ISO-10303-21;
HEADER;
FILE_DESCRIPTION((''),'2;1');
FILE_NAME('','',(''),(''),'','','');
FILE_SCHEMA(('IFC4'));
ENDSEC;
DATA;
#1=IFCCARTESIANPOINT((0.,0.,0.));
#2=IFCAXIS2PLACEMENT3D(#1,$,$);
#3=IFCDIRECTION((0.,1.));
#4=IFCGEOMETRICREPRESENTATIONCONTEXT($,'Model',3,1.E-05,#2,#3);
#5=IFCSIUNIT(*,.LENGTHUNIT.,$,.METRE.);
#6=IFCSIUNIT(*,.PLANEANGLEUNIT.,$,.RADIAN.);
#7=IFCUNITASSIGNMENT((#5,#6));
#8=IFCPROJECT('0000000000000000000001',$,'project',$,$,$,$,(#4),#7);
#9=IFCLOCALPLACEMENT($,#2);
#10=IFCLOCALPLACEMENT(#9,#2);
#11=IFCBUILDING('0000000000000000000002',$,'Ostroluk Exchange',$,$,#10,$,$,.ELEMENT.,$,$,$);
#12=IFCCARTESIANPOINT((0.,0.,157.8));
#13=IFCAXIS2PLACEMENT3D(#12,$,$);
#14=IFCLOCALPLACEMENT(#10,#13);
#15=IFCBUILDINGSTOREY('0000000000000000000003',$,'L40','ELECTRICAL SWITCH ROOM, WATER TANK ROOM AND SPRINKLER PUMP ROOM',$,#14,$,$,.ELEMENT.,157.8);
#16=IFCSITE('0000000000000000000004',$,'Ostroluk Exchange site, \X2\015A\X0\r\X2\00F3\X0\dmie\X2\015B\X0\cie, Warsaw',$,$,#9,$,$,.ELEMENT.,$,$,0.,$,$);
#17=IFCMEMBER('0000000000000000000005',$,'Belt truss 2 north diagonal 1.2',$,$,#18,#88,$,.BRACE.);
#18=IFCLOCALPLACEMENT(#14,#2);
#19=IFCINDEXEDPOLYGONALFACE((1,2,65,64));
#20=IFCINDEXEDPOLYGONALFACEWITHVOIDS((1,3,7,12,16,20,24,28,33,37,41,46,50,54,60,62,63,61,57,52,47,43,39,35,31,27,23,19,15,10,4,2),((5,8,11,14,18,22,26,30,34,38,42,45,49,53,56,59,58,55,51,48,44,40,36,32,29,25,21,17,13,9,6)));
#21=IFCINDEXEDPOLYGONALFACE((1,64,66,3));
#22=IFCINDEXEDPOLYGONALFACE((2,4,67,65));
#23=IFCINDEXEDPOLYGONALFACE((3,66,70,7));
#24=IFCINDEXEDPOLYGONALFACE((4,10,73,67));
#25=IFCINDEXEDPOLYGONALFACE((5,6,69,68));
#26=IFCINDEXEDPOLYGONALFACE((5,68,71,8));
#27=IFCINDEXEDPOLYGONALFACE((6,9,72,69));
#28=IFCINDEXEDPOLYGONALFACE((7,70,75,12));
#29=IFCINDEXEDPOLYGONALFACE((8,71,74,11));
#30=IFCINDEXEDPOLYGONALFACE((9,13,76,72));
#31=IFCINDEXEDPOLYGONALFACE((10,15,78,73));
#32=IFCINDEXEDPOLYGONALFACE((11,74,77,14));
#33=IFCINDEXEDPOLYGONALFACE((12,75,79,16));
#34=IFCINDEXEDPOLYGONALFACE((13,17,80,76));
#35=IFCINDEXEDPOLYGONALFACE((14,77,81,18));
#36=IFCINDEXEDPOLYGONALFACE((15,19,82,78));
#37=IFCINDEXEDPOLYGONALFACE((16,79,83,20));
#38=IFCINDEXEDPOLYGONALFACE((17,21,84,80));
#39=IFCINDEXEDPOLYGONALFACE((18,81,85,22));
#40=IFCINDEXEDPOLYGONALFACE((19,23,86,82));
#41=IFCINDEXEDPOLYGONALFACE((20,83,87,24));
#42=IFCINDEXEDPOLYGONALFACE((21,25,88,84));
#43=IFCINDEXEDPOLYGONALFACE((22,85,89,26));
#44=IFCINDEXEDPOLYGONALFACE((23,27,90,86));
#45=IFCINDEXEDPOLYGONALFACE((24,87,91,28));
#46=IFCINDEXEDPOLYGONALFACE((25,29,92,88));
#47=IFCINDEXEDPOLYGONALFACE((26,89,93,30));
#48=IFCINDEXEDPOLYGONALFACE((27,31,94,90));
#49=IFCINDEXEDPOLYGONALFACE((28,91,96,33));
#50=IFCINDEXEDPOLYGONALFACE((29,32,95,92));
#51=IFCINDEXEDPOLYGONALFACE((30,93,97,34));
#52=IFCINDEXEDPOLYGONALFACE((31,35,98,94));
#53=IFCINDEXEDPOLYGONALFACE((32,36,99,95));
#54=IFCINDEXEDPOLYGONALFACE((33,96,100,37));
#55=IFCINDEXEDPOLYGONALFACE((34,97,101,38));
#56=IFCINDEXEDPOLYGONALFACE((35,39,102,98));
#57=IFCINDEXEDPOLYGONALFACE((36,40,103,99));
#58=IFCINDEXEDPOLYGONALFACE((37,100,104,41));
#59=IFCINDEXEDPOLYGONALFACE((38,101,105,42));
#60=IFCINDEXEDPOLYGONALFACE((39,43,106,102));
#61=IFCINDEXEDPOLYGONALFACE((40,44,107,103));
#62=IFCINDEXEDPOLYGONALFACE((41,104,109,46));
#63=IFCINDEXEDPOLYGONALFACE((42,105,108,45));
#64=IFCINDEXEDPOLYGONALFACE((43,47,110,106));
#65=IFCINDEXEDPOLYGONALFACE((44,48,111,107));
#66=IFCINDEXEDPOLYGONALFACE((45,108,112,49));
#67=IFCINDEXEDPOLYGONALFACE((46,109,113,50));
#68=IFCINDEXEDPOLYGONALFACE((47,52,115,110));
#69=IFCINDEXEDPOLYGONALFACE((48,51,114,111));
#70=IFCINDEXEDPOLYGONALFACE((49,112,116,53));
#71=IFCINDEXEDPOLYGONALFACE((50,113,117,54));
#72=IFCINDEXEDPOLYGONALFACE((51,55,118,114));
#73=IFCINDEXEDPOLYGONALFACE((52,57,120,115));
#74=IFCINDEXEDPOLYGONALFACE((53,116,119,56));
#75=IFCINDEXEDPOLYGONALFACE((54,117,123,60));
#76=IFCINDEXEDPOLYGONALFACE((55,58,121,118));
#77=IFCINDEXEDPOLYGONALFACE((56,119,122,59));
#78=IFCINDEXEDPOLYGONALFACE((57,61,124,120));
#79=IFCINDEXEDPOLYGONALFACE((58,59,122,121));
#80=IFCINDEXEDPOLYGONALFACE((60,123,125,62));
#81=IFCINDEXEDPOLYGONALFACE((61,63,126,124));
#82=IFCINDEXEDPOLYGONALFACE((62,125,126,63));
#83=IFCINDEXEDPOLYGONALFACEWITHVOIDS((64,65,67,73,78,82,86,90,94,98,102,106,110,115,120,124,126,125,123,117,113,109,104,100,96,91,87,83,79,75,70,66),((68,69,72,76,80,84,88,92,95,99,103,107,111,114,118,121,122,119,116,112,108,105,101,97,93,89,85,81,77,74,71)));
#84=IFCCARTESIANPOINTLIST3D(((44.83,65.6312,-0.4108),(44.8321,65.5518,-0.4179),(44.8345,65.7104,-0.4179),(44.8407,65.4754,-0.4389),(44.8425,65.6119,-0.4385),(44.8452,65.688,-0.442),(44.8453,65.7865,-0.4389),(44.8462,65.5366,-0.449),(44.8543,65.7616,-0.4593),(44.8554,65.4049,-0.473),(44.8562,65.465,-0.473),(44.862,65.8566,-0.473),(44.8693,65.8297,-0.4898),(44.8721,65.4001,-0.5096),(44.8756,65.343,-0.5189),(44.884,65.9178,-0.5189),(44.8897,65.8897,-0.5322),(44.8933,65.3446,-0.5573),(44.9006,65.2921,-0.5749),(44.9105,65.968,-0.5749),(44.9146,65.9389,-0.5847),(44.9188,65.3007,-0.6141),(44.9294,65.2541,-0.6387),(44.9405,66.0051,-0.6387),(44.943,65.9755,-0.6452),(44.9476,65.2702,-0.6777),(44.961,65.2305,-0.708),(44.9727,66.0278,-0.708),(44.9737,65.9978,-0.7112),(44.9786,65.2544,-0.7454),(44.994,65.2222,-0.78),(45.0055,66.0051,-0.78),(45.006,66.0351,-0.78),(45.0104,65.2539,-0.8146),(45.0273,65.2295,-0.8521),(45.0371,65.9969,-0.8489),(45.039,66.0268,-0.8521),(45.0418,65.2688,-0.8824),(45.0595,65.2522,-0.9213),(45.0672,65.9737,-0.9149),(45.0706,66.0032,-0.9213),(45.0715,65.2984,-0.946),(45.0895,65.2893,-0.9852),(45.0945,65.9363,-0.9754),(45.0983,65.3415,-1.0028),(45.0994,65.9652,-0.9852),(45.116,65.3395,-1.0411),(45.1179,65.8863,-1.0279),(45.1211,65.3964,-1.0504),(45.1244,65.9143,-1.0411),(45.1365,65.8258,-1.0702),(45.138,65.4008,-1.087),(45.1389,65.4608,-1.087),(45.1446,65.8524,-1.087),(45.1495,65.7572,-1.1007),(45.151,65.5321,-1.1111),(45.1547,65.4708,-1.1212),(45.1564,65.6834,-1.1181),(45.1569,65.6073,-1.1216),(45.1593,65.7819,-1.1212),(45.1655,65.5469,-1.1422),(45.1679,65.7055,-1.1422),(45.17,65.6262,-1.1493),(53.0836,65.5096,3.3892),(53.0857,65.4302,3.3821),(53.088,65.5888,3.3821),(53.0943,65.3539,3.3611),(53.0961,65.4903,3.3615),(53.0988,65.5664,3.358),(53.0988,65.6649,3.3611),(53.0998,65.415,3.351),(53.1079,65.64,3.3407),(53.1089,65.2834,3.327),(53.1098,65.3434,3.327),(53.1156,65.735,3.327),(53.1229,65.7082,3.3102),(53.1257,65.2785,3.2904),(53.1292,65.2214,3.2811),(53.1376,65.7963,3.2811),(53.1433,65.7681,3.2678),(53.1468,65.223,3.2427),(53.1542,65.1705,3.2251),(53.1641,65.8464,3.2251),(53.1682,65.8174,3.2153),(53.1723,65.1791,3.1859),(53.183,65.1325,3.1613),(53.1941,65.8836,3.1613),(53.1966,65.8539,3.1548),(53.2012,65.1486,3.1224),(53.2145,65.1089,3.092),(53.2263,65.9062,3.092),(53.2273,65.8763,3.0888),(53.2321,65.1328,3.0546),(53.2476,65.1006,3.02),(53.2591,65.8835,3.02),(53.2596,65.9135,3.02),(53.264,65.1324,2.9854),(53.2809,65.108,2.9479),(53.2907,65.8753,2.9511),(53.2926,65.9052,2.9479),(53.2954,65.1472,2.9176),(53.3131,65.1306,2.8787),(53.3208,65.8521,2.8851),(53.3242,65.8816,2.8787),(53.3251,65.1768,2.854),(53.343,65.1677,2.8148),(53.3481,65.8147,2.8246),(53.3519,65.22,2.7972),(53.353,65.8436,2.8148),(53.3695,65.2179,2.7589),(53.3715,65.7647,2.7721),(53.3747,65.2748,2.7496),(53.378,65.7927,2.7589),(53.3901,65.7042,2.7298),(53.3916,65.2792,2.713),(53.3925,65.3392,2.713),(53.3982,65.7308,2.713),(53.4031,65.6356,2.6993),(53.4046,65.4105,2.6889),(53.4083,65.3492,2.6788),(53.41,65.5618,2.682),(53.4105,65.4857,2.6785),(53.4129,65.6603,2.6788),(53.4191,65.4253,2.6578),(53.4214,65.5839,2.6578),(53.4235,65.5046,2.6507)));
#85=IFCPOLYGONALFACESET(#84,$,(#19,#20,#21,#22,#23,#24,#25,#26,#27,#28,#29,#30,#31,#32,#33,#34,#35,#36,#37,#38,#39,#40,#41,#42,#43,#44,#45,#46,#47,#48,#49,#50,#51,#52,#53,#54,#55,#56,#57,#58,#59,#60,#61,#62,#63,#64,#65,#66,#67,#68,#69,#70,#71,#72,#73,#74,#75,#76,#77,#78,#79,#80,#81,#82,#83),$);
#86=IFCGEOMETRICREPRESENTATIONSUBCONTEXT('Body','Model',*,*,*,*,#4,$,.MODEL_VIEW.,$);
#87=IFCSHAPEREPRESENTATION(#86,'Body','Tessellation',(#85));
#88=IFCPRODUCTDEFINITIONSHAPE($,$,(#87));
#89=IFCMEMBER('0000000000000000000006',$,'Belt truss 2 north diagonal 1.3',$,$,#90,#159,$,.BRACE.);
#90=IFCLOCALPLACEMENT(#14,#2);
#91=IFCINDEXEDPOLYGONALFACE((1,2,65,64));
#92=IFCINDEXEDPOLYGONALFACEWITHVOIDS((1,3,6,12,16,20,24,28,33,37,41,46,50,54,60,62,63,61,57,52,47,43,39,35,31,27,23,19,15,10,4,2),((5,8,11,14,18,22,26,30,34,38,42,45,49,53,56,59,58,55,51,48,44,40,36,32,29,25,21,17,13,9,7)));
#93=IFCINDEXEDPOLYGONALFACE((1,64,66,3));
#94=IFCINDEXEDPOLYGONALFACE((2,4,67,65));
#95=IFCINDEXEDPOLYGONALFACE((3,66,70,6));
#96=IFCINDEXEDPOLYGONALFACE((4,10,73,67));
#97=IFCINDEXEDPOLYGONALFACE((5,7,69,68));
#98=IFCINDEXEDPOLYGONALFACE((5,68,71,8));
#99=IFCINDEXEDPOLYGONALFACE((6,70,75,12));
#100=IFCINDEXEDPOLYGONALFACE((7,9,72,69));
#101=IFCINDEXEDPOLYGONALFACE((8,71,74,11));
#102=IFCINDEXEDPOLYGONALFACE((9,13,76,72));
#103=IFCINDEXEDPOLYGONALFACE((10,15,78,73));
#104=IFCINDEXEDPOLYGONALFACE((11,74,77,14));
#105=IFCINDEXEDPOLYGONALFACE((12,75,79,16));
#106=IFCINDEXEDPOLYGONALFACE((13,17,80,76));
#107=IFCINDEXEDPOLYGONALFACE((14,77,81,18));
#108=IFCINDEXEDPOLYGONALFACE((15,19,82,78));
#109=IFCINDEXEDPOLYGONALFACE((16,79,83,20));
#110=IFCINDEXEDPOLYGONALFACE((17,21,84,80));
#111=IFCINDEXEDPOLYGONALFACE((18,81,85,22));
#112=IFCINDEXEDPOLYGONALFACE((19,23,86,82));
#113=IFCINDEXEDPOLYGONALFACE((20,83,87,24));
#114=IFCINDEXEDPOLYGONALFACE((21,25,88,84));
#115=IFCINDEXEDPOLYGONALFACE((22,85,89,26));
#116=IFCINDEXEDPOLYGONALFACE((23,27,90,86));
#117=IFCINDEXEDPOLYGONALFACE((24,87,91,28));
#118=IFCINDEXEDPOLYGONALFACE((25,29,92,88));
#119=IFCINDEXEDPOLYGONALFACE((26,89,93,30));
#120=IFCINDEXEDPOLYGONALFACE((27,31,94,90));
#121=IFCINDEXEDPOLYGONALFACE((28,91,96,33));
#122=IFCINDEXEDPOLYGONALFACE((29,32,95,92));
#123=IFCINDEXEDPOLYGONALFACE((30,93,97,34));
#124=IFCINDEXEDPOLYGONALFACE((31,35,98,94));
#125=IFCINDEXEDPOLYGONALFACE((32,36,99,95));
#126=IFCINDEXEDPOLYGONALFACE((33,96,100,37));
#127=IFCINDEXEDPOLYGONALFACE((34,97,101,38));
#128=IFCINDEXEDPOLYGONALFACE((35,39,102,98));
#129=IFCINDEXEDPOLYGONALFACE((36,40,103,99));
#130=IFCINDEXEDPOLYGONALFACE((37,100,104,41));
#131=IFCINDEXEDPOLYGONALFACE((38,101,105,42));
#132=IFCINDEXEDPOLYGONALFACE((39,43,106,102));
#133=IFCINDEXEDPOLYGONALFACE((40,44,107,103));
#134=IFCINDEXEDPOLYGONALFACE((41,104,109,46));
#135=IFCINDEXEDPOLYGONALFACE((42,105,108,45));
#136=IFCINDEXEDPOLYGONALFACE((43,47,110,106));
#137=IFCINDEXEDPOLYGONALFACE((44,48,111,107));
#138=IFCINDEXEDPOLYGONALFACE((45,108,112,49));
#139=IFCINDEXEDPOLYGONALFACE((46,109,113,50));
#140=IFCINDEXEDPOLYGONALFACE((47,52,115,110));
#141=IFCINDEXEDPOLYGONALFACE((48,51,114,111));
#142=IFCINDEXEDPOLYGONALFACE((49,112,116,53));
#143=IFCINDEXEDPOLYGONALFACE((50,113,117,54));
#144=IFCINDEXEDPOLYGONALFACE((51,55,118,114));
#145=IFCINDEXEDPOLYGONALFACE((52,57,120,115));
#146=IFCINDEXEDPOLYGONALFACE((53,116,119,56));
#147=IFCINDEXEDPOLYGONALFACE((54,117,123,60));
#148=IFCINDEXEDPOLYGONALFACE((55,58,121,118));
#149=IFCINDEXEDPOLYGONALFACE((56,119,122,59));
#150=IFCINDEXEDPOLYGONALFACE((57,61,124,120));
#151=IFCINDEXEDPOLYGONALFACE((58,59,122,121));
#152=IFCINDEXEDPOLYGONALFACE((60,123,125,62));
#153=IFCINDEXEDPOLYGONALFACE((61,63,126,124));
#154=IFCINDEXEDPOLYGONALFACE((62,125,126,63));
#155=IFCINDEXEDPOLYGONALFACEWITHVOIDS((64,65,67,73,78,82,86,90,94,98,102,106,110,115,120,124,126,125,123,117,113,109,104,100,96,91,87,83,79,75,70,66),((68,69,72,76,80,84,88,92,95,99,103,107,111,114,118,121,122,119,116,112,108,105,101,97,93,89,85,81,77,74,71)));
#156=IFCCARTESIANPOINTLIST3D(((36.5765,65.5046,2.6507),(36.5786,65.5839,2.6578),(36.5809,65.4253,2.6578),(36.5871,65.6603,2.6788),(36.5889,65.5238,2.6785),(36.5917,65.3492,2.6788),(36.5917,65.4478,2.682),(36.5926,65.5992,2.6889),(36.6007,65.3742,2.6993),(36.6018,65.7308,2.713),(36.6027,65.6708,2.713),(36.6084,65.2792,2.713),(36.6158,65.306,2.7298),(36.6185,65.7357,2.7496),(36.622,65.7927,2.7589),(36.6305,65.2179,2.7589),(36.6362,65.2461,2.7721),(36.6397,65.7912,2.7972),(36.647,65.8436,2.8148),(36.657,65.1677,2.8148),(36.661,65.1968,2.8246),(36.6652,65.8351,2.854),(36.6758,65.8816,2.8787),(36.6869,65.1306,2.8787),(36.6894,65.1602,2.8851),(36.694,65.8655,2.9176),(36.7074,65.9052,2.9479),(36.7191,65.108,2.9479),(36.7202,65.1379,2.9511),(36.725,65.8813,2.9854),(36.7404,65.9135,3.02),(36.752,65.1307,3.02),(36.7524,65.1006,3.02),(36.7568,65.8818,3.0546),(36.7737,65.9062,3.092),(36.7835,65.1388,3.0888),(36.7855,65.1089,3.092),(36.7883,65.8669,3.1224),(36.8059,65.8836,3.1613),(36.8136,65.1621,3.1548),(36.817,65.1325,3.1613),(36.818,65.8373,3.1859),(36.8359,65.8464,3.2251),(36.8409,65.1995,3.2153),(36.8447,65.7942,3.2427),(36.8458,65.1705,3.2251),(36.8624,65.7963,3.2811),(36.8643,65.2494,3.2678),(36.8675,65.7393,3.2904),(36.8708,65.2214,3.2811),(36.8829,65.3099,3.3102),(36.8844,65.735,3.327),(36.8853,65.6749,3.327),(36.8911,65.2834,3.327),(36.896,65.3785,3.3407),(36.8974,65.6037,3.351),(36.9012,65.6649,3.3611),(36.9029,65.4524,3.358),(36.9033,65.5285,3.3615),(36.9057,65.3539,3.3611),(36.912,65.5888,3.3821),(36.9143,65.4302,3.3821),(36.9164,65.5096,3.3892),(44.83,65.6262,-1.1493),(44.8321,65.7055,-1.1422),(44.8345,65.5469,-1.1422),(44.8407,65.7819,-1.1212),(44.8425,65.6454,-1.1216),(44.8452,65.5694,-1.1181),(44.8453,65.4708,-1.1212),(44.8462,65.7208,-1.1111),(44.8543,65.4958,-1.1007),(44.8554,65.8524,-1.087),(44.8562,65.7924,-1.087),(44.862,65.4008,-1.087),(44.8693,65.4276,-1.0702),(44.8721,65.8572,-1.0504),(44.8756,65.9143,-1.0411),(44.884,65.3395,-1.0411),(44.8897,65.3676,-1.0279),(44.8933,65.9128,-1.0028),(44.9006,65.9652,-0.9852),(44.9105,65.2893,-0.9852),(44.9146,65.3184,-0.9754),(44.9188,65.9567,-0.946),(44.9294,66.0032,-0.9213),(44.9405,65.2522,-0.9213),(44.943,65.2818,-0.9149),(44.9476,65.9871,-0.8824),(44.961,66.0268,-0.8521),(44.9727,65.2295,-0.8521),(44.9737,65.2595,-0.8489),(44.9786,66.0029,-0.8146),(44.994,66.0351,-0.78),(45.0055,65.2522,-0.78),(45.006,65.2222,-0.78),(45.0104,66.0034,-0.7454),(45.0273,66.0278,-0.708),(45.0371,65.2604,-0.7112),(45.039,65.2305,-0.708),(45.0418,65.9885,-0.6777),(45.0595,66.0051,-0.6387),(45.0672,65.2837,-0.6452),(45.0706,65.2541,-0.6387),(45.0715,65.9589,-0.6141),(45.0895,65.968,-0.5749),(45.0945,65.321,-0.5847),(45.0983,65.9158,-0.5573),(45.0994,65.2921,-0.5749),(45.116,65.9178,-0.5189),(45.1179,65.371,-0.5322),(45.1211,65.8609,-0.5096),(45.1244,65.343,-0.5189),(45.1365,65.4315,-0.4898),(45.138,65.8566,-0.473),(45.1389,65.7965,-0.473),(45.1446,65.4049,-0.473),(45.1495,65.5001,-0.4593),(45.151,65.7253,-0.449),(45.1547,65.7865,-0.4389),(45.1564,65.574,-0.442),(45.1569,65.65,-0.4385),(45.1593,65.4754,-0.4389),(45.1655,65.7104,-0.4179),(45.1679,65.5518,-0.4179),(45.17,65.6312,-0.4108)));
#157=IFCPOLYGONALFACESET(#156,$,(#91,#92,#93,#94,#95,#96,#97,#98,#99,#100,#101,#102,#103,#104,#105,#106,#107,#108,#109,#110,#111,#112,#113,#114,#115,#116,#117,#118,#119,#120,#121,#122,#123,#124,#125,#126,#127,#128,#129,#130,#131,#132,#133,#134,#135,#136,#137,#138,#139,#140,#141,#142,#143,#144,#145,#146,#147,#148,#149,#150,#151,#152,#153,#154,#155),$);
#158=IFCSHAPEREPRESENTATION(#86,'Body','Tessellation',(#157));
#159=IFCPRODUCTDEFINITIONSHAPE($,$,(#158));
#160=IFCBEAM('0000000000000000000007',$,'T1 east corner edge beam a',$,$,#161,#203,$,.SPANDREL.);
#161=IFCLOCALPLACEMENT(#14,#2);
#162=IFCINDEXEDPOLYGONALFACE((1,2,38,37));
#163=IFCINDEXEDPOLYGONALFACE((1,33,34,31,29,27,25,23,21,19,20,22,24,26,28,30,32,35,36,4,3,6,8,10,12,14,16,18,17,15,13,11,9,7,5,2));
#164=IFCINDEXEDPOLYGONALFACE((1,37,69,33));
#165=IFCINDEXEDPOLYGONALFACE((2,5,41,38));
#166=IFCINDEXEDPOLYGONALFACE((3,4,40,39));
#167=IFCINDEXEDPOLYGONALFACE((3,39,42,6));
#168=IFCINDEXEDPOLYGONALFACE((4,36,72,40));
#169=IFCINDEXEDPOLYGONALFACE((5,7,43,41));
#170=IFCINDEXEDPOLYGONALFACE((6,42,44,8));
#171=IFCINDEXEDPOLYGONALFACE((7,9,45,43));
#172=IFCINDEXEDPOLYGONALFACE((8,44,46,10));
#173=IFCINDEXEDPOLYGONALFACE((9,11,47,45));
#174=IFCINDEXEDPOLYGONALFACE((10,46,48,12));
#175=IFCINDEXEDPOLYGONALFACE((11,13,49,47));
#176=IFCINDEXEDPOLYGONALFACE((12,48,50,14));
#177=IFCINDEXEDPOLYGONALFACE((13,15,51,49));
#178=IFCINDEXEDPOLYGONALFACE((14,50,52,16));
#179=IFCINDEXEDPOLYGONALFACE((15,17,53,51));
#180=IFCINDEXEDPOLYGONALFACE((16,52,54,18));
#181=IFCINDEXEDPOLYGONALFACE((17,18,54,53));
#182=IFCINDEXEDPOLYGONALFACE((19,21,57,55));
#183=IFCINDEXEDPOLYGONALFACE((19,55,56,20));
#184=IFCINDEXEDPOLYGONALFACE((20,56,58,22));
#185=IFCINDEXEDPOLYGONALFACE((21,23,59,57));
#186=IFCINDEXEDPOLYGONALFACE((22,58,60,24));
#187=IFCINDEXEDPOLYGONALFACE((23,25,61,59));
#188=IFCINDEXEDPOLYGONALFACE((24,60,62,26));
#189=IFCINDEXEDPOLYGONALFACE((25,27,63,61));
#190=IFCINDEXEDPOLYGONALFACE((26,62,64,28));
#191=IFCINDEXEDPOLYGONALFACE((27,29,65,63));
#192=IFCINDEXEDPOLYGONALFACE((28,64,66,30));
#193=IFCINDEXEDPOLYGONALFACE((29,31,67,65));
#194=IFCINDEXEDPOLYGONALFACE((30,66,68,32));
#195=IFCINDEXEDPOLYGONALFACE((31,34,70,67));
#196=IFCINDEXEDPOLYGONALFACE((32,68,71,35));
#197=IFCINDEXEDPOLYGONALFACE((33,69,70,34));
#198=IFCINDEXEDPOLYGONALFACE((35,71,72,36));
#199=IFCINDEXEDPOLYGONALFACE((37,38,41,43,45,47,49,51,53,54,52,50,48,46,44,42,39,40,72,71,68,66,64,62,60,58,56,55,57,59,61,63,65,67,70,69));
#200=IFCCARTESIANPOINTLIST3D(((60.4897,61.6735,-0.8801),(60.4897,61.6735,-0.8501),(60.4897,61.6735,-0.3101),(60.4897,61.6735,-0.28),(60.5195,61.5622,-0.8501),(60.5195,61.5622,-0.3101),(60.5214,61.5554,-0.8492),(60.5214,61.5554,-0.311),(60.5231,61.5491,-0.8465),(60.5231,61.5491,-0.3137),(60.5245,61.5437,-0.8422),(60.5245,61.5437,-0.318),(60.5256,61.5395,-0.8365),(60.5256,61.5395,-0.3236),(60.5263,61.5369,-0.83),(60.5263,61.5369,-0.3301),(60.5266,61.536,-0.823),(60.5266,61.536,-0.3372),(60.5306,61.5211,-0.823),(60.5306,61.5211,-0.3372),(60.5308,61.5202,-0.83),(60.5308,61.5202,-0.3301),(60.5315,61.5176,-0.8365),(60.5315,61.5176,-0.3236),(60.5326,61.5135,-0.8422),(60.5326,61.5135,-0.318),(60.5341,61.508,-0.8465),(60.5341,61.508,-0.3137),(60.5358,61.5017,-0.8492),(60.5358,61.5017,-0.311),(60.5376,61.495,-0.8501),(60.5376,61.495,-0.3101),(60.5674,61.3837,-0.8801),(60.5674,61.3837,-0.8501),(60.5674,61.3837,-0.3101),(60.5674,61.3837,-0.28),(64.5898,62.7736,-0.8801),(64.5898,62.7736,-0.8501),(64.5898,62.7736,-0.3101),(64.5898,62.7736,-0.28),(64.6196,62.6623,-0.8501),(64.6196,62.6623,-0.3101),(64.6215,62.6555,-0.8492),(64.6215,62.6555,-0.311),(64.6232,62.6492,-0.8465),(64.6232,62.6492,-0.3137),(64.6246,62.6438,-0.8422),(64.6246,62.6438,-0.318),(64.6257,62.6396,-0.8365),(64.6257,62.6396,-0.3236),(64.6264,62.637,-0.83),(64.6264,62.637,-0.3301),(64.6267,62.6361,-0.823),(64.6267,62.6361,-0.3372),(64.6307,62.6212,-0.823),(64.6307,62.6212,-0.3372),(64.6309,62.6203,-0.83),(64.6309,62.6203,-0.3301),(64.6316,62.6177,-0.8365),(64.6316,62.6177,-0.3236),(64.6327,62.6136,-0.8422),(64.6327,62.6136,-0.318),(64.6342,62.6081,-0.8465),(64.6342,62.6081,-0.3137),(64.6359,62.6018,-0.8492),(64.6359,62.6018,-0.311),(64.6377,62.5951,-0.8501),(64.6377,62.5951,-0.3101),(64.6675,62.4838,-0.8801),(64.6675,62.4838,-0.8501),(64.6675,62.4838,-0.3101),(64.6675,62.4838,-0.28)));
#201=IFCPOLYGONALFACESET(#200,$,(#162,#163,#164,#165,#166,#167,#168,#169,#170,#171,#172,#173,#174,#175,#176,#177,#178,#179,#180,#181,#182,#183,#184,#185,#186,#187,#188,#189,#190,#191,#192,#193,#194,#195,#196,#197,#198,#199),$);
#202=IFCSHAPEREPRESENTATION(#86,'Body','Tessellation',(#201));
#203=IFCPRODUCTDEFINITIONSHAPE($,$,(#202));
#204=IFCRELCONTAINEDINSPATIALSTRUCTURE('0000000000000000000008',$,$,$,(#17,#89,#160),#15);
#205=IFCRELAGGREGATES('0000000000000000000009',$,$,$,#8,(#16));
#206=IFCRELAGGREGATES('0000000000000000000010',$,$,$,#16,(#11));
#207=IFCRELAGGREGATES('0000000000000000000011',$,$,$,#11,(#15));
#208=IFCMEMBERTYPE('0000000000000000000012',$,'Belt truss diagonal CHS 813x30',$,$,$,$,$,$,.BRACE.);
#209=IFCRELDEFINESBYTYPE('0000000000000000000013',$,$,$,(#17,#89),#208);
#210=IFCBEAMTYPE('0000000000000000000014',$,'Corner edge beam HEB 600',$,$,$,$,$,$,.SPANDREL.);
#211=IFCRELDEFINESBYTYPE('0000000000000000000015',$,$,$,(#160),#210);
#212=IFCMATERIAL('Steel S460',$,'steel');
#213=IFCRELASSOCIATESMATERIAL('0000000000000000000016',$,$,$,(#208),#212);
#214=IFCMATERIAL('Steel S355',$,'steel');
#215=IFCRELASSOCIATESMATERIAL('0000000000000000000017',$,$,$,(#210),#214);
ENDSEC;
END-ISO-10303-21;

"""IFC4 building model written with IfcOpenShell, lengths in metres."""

from ifc_helpers import new_model, si_unit, direction, frame, origin, origin_2d, place, context, subcontext, project, spatial, hollow_circle, i_section, extrude, material, material_profile, profile_set, type_object, element, save


model = new_model("IFC4")

# Units and contexts
model_context = context("Model", 3, precision=1e-05, world=origin(), true_north=direction((0.0, 1.0)))
body_context = subcontext(model_context, "Body", "Model", "MODEL_VIEW")
ifc_project = project(units=[si_unit("LENGTHUNIT", "METRE"), si_unit("PLANEANGLEUNIT", "RADIAN")], contexts=[model_context])

# Site, building, storey
site_placement = place(None, origin())
site = spatial("IfcSite", under=ifc_project, at=site_placement, Name="Ostroluk Exchange site, Śródmieście, Warsaw", CompositionType="ELEMENT", RefElevation=0.0)
building_placement = place(site_placement, origin())
building = spatial("IfcBuilding", under=site, at=building_placement, Name="Ostroluk Exchange", CompositionType="ELEMENT")
storey_placement = place(building_placement, frame((0.0, 0.0, 157.8)))
storey = spatial("IfcBuildingStorey", under=building, at=storey_placement, Name="L40", Description="ELECTRICAL SWITCH ROOM, WATER TANK ROOM AND SPRINKLER PUMP ROOM", CompositionType="ELEMENT", Elevation=157.8)

# Members
ifc_material_1 = material(Name="Steel S460", Category="steel")
ifc_material_profile_1 = material_profile(ifc_material_1, hollow_circle(Radius=0.4065, WallThickness=0.03, at=origin_2d()), Name="CHS 813x30")
ifc_profile_set_1 = profile_set([ifc_material_profile_1], Name="Steel S460")
member_type_1 = type_object("IfcMemberType", Name="Belt truss diagonal CHS 813x30", PredefinedType="BRACE", material=ifc_profile_set_1)
for number, where, z_axis, x_axis, name in (
    (1, (45.0, 65.6287, -0.78), (0.908269, -0.013379, 0.418174), (0.014729, 0.999892, 0.0), "Belt truss 2 north diagonal 1.2"),
    (2, (45.0, 65.6287, -0.78), (-0.908269, -0.013379, 0.418174), (0.014729, -0.999892, 0.0), "Belt truss 2 north diagonal 1.3"),
):
    element("IfcMember", number, at=place(storey_placement, frame(where, z_axis=z_axis, x_axis=x_axis)), inside=storey, type_object=member_type_1, Name=name, PredefinedType="BRACE", context=body_context, shape_type="SweptSolid", body=[
        extrude(hollow_circle(Radius=0.4065, WallThickness=0.03, at=origin_2d()), origin(), (0.0, 0.0, 1.0), 9.0872),
    ])

# Beam
ifc_material_2 = material(Name="Steel S355", Category="steel")
ifc_material_profile_2 = material_profile(ifc_material_2, i_section(OverallWidth=0.3, OverallDepth=0.6001, WebThickness=0.0154, FlangeThickness=0.03, FilletRadius=0.0271, at=origin_2d()), Name="HEB 600")
ifc_profile_set_2 = profile_set([ifc_material_profile_2], Name="Steel S355")
beam_type_1 = type_object("IfcBeamType", Name="Corner edge beam HEB 600", PredefinedType="SPANDREL", material=ifc_profile_set_2)
for number, where, z_axis, x_axis, name in (
    (3, (60.5286, 61.5286, -0.5801), (0.965839, 0.259144, 0.0), (-0.259144, 0.965839, 0.0), "T1 east corner edge beam a"),
):
    element("IfcBeam", number, at=place(storey_placement, frame(where, z_axis=z_axis, x_axis=x_axis)), inside=storey, type_object=beam_type_1, Name=name, PredefinedType="SPANDREL", context=body_context, shape_type="SweptSolid", body=[
        extrude(i_section(OverallWidth=0.3, OverallDepth=0.6001, WebThickness=0.0154, FlangeThickness=0.03, FilletRadius=0.0271, at=origin_2d()), origin(), (0.0, 0.0, 1.0), 4.2451),
    ])

save(model, "model.ifc")
